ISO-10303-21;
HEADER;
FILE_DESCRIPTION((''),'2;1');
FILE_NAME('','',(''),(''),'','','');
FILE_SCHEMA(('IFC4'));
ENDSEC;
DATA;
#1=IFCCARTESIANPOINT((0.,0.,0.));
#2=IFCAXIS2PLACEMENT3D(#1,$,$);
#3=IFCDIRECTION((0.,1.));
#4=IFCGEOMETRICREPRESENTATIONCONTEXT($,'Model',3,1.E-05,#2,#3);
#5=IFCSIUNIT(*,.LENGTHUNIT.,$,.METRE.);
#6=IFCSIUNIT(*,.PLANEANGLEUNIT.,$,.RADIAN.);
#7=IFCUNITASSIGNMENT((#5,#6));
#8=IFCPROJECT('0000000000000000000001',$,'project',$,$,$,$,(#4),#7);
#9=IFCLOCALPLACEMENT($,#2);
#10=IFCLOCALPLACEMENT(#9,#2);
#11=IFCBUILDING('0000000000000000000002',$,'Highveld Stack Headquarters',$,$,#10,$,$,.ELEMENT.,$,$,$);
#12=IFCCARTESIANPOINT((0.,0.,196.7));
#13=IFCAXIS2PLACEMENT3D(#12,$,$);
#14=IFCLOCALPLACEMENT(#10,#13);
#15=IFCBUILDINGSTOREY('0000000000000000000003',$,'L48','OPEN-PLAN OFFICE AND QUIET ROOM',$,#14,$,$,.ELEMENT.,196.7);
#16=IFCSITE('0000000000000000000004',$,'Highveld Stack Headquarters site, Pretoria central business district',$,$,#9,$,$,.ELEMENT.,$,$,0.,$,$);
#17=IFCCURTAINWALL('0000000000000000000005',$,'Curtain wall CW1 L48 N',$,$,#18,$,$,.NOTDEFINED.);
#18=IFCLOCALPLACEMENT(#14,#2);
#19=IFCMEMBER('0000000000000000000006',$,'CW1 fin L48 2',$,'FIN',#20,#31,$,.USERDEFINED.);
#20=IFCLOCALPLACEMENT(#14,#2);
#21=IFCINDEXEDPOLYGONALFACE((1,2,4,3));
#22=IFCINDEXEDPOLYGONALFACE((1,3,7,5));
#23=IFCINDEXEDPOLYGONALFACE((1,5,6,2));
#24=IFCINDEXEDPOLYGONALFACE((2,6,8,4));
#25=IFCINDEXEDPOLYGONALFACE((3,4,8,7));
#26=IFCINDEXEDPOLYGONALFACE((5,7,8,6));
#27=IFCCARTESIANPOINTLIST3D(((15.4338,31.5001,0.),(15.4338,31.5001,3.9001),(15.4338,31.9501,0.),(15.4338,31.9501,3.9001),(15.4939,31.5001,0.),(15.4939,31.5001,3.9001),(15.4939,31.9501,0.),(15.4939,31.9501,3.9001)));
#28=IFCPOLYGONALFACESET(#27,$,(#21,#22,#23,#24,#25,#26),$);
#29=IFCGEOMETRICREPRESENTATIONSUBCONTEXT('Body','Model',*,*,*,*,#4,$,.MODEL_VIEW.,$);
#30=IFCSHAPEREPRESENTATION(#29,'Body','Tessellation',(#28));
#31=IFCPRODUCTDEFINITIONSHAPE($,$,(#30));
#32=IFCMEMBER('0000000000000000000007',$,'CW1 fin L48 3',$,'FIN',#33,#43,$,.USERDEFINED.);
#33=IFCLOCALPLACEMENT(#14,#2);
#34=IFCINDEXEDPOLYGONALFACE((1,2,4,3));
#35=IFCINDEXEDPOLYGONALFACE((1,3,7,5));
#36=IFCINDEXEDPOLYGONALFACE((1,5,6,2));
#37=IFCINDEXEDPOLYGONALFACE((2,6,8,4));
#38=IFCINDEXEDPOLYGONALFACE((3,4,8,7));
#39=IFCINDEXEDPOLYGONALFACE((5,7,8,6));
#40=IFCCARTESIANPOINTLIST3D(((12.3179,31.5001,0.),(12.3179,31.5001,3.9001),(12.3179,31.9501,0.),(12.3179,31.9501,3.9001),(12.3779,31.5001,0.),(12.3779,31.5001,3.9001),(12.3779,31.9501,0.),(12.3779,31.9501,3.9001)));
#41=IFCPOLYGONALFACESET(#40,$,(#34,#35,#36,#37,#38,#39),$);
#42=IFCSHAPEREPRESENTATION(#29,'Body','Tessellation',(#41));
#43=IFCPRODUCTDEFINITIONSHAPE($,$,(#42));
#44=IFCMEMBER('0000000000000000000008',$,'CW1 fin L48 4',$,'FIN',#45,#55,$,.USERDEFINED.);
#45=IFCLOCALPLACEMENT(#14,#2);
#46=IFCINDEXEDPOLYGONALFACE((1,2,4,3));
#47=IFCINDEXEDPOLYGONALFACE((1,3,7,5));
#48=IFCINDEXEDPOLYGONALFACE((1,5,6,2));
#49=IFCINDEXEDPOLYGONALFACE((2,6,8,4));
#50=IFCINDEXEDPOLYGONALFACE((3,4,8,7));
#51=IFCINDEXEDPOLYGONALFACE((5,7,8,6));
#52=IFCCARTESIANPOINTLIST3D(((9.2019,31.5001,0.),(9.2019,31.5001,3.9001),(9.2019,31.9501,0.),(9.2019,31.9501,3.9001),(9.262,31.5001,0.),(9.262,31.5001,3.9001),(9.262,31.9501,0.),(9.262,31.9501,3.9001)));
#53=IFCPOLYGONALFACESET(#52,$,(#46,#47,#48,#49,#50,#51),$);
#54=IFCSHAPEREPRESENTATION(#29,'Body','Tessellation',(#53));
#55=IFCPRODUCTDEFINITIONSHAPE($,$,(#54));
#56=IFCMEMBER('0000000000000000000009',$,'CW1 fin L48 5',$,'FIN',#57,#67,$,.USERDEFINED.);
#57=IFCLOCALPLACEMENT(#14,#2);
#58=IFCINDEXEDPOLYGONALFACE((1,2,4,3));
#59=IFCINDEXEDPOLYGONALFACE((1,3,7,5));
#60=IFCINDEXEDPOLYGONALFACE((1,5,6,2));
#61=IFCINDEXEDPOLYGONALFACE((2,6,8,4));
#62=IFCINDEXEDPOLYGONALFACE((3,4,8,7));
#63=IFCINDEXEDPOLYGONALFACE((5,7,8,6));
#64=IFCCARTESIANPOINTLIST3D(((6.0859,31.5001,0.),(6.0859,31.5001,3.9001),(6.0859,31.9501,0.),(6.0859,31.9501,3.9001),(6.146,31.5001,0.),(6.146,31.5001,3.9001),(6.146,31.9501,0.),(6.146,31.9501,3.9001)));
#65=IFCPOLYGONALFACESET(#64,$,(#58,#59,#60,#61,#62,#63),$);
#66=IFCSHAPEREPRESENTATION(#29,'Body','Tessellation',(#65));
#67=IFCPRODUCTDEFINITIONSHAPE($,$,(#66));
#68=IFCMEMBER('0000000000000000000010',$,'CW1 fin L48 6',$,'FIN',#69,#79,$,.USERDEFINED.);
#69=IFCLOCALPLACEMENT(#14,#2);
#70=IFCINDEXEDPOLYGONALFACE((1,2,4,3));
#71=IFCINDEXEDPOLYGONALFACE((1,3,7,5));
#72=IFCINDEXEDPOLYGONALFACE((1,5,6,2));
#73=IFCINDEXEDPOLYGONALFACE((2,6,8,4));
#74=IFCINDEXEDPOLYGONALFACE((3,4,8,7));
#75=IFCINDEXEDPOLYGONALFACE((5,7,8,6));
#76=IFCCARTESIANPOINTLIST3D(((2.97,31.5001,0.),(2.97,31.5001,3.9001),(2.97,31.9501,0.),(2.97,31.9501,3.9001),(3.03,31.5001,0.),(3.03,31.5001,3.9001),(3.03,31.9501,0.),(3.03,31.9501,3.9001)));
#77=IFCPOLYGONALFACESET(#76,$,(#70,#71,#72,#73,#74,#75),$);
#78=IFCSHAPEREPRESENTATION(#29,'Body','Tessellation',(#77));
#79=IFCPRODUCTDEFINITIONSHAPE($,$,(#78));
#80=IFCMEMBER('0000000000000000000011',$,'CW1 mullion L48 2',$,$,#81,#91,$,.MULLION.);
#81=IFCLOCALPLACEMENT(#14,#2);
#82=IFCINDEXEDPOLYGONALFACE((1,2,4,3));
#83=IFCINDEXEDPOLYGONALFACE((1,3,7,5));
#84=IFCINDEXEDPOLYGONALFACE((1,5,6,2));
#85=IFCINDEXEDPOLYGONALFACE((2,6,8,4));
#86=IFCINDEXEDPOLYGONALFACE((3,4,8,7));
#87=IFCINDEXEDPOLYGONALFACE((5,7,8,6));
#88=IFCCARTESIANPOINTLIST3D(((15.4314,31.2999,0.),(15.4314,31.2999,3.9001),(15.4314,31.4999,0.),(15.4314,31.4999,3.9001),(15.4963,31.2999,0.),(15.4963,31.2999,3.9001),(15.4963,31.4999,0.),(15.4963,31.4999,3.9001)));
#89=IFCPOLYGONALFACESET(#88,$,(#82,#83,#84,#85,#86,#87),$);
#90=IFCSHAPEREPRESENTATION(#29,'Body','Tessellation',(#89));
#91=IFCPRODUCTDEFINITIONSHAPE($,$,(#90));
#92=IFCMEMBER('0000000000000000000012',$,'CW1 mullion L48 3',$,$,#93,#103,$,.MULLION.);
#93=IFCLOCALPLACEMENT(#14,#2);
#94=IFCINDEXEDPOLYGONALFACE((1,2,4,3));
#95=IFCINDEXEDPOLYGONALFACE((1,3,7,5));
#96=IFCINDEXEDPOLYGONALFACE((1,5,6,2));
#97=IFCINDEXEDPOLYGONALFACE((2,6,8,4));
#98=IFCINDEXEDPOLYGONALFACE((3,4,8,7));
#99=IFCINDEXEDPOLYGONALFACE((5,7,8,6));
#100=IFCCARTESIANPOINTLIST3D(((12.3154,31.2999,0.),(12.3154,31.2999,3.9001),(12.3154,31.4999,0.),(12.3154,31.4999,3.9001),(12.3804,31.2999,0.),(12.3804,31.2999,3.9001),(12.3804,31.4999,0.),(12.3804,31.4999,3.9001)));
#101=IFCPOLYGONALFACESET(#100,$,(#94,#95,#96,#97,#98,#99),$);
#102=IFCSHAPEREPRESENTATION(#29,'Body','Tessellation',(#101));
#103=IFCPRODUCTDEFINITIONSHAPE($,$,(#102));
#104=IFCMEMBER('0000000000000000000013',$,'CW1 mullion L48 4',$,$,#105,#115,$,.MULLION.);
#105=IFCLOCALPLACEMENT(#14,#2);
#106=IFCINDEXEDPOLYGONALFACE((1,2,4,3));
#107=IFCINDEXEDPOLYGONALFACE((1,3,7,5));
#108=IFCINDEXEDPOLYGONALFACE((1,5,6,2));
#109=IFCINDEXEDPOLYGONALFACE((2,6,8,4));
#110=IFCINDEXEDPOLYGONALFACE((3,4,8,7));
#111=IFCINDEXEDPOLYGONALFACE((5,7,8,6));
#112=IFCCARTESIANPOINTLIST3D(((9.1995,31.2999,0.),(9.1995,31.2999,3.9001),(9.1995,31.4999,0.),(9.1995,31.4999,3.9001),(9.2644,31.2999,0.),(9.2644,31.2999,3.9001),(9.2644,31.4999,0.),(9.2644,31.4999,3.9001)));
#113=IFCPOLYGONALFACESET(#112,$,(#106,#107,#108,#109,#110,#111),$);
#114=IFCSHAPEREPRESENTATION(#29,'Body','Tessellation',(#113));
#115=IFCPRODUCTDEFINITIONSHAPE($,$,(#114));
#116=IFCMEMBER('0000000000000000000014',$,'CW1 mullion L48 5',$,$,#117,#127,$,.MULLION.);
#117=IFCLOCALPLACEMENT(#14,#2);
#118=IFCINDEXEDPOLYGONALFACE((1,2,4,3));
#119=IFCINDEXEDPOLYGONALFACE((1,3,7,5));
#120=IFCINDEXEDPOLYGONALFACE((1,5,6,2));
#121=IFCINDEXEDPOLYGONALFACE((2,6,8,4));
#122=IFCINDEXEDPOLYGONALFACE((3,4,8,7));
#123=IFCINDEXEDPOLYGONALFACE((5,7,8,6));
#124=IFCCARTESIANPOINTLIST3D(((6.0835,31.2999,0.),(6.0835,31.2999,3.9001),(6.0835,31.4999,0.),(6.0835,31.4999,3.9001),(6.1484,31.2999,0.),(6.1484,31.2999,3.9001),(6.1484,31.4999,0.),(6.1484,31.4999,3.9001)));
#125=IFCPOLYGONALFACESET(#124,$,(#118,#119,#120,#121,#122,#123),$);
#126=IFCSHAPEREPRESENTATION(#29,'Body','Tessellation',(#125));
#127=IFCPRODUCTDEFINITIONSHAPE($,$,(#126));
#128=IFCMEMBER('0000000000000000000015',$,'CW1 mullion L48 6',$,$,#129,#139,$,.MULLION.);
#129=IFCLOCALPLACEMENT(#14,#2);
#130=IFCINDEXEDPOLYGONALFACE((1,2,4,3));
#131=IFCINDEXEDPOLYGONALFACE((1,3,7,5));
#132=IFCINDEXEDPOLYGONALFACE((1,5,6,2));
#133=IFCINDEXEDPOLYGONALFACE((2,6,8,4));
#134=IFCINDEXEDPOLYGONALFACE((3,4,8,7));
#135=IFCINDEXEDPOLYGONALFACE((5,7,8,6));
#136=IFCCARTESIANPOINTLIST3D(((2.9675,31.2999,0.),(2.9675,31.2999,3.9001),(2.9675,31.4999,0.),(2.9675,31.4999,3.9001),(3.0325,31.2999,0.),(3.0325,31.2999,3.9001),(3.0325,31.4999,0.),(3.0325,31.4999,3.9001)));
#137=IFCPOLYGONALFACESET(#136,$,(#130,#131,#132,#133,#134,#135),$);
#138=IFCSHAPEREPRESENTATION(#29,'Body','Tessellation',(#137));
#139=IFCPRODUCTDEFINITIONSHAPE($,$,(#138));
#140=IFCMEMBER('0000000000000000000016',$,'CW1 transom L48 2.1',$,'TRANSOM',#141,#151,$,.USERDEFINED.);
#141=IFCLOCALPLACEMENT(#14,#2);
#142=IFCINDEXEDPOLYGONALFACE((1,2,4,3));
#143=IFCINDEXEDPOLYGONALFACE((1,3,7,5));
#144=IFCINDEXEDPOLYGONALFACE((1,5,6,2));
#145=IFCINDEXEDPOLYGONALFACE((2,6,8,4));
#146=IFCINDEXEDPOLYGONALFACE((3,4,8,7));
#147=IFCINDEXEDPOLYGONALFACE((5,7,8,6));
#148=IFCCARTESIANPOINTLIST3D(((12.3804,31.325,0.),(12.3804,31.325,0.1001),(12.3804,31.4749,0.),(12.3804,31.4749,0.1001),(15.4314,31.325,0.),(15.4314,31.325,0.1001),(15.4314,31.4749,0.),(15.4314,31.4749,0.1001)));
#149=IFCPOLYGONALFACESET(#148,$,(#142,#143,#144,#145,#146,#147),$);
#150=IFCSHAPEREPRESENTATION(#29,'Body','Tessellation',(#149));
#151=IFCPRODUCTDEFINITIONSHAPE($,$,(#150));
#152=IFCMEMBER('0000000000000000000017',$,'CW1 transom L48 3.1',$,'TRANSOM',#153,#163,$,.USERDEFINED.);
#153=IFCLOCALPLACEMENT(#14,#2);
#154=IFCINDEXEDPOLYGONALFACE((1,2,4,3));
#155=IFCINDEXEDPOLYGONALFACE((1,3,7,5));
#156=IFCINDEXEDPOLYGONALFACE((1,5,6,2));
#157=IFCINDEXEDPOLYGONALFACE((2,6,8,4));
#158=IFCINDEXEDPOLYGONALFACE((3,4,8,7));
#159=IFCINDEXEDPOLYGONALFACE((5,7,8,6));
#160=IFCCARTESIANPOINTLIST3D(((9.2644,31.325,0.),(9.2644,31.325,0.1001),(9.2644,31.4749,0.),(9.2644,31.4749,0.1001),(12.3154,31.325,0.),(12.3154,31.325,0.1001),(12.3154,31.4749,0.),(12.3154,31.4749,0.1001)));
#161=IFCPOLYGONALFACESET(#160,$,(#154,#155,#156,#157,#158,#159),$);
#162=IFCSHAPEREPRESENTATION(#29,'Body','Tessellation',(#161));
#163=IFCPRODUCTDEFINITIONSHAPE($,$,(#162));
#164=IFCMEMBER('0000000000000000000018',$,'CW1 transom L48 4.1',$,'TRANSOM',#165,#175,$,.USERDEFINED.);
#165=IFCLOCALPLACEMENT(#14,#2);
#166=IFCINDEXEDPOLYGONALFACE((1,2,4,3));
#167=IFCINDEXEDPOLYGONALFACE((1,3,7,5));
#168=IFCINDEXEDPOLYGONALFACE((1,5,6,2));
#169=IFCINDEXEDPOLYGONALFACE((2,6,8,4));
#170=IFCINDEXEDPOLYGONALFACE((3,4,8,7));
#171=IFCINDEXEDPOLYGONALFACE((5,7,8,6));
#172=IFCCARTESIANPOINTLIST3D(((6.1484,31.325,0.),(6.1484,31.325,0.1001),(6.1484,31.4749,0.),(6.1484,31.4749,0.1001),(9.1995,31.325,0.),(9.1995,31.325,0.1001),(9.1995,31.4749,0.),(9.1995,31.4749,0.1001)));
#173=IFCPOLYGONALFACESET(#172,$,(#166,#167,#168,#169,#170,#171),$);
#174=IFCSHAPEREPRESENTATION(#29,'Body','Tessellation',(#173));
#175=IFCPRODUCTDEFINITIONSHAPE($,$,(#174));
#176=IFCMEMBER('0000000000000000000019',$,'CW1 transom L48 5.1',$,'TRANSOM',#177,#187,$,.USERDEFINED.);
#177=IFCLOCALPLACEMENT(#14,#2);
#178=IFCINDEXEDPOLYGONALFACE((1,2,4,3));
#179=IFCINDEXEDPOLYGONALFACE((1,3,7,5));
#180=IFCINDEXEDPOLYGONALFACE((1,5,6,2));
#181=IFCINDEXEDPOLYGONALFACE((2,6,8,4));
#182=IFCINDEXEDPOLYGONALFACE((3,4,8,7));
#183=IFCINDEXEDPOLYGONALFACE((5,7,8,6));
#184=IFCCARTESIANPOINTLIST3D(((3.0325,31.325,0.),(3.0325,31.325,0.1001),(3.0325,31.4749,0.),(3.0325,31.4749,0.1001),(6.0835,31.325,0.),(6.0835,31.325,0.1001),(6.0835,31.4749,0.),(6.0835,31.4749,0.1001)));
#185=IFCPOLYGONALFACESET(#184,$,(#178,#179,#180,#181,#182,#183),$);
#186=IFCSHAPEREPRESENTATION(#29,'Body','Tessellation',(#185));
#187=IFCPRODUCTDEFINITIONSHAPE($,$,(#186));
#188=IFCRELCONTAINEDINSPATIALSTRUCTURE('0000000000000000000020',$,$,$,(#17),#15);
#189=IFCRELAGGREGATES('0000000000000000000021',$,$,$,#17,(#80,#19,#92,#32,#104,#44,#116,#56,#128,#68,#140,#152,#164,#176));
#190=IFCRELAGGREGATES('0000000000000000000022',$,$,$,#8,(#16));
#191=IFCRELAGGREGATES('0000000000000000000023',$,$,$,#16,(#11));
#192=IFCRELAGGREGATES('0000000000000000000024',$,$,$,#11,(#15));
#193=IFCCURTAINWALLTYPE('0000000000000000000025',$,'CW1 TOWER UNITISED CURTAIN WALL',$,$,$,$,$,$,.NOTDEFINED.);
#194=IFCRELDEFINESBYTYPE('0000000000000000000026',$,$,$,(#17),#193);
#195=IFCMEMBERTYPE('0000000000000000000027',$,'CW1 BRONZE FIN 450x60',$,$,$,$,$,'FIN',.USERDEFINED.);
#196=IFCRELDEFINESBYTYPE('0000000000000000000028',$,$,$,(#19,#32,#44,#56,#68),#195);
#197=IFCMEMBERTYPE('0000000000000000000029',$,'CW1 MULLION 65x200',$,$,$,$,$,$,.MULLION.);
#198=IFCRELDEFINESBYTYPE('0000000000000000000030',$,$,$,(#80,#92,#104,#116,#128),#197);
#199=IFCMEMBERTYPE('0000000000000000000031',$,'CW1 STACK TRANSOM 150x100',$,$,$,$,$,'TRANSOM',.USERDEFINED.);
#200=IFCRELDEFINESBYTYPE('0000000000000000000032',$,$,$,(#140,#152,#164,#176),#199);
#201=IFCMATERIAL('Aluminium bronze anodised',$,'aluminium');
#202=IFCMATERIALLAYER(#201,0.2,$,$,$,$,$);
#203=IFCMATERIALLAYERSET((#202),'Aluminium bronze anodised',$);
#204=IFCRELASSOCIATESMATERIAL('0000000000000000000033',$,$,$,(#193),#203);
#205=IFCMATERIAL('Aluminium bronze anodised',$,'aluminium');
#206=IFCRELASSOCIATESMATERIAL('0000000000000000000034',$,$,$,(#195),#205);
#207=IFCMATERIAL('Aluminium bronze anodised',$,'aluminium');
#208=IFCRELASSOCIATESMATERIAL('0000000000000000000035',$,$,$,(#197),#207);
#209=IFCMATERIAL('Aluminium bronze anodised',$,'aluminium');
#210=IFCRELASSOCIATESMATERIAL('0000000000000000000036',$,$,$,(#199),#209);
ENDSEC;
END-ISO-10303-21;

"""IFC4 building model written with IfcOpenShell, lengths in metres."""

from ifc_helpers import new_model, si_unit, direction, frame, origin, origin_2d, place, context, subcontext, project, spatial, rectangle, extrude, material, layer, layer_set, material_profile, profile_set, type_object, element, aggregate, save


model = new_model("IFC4")

# Units and contexts
model_context = context("Model", 3, precision=1e-05, world=origin(), true_north=direction((0.0, 1.0)))
body_context = subcontext(model_context, "Body", "Model", "MODEL_VIEW")
ifc_project = project(units=[si_unit("LENGTHUNIT", "METRE"), si_unit("PLANEANGLEUNIT", "RADIAN")], contexts=[model_context])

# Site, building, storey
site_placement = place(None, origin())
site = spatial("IfcSite", under=ifc_project, at=site_placement, Name="Highveld Stack Headquarters site, Pretoria central business district", CompositionType="ELEMENT", RefElevation=0.0)
building_placement = place(site_placement, origin())
building = spatial("IfcBuilding", under=site, at=building_placement, Name="Highveld Stack Headquarters", CompositionType="ELEMENT")
storey_placement = place(building_placement, frame((0.0, 0.0, 196.7)))
storey = spatial("IfcBuildingStorey", under=building, at=storey_placement, Name="L48", Description="OPEN-PLAN OFFICE AND QUIET ROOM", CompositionType="ELEMENT", Elevation=196.7)

# Curtain wall, members
ifc_material_1 = material(Name="Aluminium bronze anodised", Category="aluminium")
ifc_layer_1 = layer(ifc_material_1, 0.2)
ifc_layer_set_1 = layer_set([ifc_layer_1], Name="Aluminium bronze anodised")
curtain_wall_type = type_object("IfcCurtainWallType", Name="CW1 TOWER UNITISED CURTAIN WALL", PredefinedType="NOTDEFINED", material=ifc_layer_set_1)
curtain_wall_placement = place(storey_placement, origin())
curtain_wall = element("IfcCurtainWall", 1, at=curtain_wall_placement, inside=storey, type_object=curtain_wall_type, Name="Curtain wall CW1 L48 N", PredefinedType="NOTDEFINED")
ifc_material_2 = material(Name="Aluminium bronze anodised", Category="aluminium")
ifc_material_profile_1 = material_profile(ifc_material_2, rectangle(XDim=0.45, YDim=0.0601, at=origin_2d()), Name="FIN 450x60")
ifc_profile_set_1 = profile_set([ifc_material_profile_1], Name="Aluminium bronze anodised")
member_type_1 = type_object("IfcMemberType", Name="CW1 BRONZE FIN 450x60", ElementType="FIN", PredefinedType="USERDEFINED", material=ifc_profile_set_1)
member_1_placement = place(storey_placement, frame((15.4639, 31.7251, 0.0), z_axis=(0.0, 0.0, 1.0), x_axis=(0.0, -1.0, 0.0)))
member_1 = element("IfcMember", 2, at=member_1_placement, type_object=member_type_1, Name="CW1 fin L48 2", ObjectType="FIN", PredefinedType="USERDEFINED", context=body_context, shape_type="SweptSolid", body=[
    extrude(rectangle(XDim=0.45, YDim=0.0601, at=origin_2d()), origin(), (0.0, 0.0, 1.0), 3.9001),
])
member_2_placement = place(storey_placement, frame((12.3479, 31.7251, 0.0), z_axis=(0.0, 0.0, 1.0), x_axis=(0.0, -1.0, 0.0)))
member_2 = element("IfcMember", 3, at=member_2_placement, type_object=member_type_1, Name="CW1 fin L48 3", ObjectType="FIN", PredefinedType="USERDEFINED", context=body_context, shape_type="SweptSolid", body=[
    extrude(rectangle(XDim=0.45, YDim=0.0601, at=origin_2d()), origin(), (0.0, 0.0, 1.0), 3.9001),
])
member_3_placement = place(storey_placement, frame((9.2319, 31.7251, 0.0), z_axis=(0.0, 0.0, 1.0), x_axis=(0.0, -1.0, 0.0)))
member_3 = element("IfcMember", 4, at=member_3_placement, type_object=member_type_1, Name="CW1 fin L48 4", ObjectType="FIN", PredefinedType="USERDEFINED", context=body_context, shape_type="SweptSolid", body=[
    extrude(rectangle(XDim=0.45, YDim=0.0601, at=origin_2d()), origin(), (0.0, 0.0, 1.0), 3.9001),
])
member_4_placement = place(storey_placement, frame((6.116, 31.7251, 0.0), z_axis=(0.0, 0.0, 1.0), x_axis=(0.0, -1.0, 0.0)))
member_4 = element("IfcMember", 5, at=member_4_placement, type_object=member_type_1, Name="CW1 fin L48 5", ObjectType="FIN", PredefinedType="USERDEFINED", context=body_context, shape_type="SweptSolid", body=[
    extrude(rectangle(XDim=0.45, YDim=0.0601, at=origin_2d()), origin(), (0.0, 0.0, 1.0), 3.9001),
])
member_5_placement = place(storey_placement, frame((3.0, 31.7251, 0.0), z_axis=(0.0, 0.0, 1.0), x_axis=(0.0, -1.0, 0.0)))
member_5 = element("IfcMember", 6, at=member_5_placement, type_object=member_type_1, Name="CW1 fin L48 6", ObjectType="FIN", PredefinedType="USERDEFINED", context=body_context, shape_type="SweptSolid", body=[
    extrude(rectangle(XDim=0.45, YDim=0.0601, at=origin_2d()), origin(), (0.0, 0.0, 1.0), 3.9001),
])
ifc_material_3 = material(Name="Aluminium bronze anodised", Category="aluminium")
ifc_material_profile_2 = material_profile(ifc_material_3, rectangle(XDim=0.2, YDim=0.0649, at=origin_2d()), Name="CW1 MULLION 65x200")
ifc_profile_set_2 = profile_set([ifc_material_profile_2], Name="Aluminium bronze anodised")
member_type_2 = type_object("IfcMemberType", Name="CW1 MULLION 65x200", PredefinedType="MULLION", material=ifc_profile_set_2)
member_6_placement = place(storey_placement, frame((15.4639, 31.3999, 0.0), z_axis=(0.0, 0.0, 1.0), x_axis=(0.0, -1.0, 0.0)))
member_6 = element("IfcMember", 7, at=member_6_placement, type_object=member_type_2, Name="CW1 mullion L48 2", PredefinedType="MULLION", context=body_context, shape_type="SweptSolid", body=[
    extrude(rectangle(XDim=0.2, YDim=0.0649, at=origin_2d()), origin(), (0.0, 0.0, 1.0), 3.9001),
])
member_7_placement = place(storey_placement, frame((12.3479, 31.3999, 0.0), z_axis=(0.0, 0.0, 1.0), x_axis=(0.0, -1.0, 0.0)))
member_7 = element("IfcMember", 8, at=member_7_placement, type_object=member_type_2, Name="CW1 mullion L48 3", PredefinedType="MULLION", context=body_context, shape_type="SweptSolid", body=[
    extrude(rectangle(XDim=0.2, YDim=0.0649, at=origin_2d()), origin(), (0.0, 0.0, 1.0), 3.9001),
])
member_8_placement = place(storey_placement, frame((9.2319, 31.3999, 0.0), z_axis=(0.0, 0.0, 1.0), x_axis=(0.0, -1.0, 0.0)))
member_8 = element("IfcMember", 9, at=member_8_placement, type_object=member_type_2, Name="CW1 mullion L48 4", PredefinedType="MULLION", context=body_context, shape_type="SweptSolid", body=[
    extrude(rectangle(XDim=0.2, YDim=0.0649, at=origin_2d()), origin(), (0.0, 0.0, 1.0), 3.9001),
])
member_9_placement = place(storey_placement, frame((6.116, 31.3999, 0.0), z_axis=(0.0, 0.0, 1.0), x_axis=(0.0, -1.0, 0.0)))
member_9 = element("IfcMember", 10, at=member_9_placement, type_object=member_type_2, Name="CW1 mullion L48 5", PredefinedType="MULLION", context=body_context, shape_type="SweptSolid", body=[
    extrude(rectangle(XDim=0.2, YDim=0.0649, at=origin_2d()), origin(), (0.0, 0.0, 1.0), 3.9001),
])
member_10_placement = place(storey_placement, frame((3.0, 31.3999, 0.0), z_axis=(0.0, 0.0, 1.0), x_axis=(0.0, -1.0, 0.0)))
member_10 = element("IfcMember", 11, at=member_10_placement, type_object=member_type_2, Name="CW1 mullion L48 6", PredefinedType="MULLION", context=body_context, shape_type="SweptSolid", body=[
    extrude(rectangle(XDim=0.2, YDim=0.0649, at=origin_2d()), origin(), (0.0, 0.0, 1.0), 3.9001),
])
ifc_material_4 = material(Name="Aluminium bronze anodised", Category="aluminium")
ifc_material_profile_3 = material_profile(ifc_material_4, rectangle(XDim=0.1499, YDim=0.1001, at=origin_2d()), Name="CW1 TRANSOM 150x100")
ifc_profile_set_3 = profile_set([ifc_material_profile_3], Name="Aluminium bronze anodised")
member_type_3 = type_object("IfcMemberType", Name="CW1 STACK TRANSOM 150x100", ElementType="TRANSOM", PredefinedType="USERDEFINED", material=ifc_profile_set_3)
member_11_placement = place(storey_placement, frame((15.4314, 31.3999, 0.05), z_axis=(-1.0, 0.0, 0.0), x_axis=(0.0, -1.0, 0.0)))
member_11 = element("IfcMember", 12, at=member_11_placement, type_object=member_type_3, Name="CW1 transom L48 2.1", ObjectType="TRANSOM", PredefinedType="USERDEFINED", context=body_context, shape_type="SweptSolid", body=[
    extrude(rectangle(XDim=0.1499, YDim=0.1001, at=origin_2d()), origin(), (0.0, 0.0, 1.0), 3.051),
])
member_12_placement = place(storey_placement, frame((12.3154, 31.3999, 0.05), z_axis=(-1.0, 0.0, 0.0), x_axis=(0.0, -1.0, 0.0)))
member_12 = element("IfcMember", 13, at=member_12_placement, type_object=member_type_3, Name="CW1 transom L48 3.1", ObjectType="TRANSOM", PredefinedType="USERDEFINED", context=body_context, shape_type="SweptSolid", body=[
    extrude(rectangle(XDim=0.1499, YDim=0.1001, at=origin_2d()), origin(), (0.0, 0.0, 1.0), 3.051),
])
member_13_placement = place(storey_placement, frame((9.1995, 31.3999, 0.05), z_axis=(-1.0, 0.0, 0.0), x_axis=(0.0, -1.0, 0.0)))
member_13 = element("IfcMember", 14, at=member_13_placement, type_object=member_type_3, Name="CW1 transom L48 4.1", ObjectType="TRANSOM", PredefinedType="USERDEFINED", context=body_context, shape_type="SweptSolid", body=[
    extrude(rectangle(XDim=0.1499, YDim=0.1001, at=origin_2d()), origin(), (0.0, 0.0, 1.0), 3.051),
])
member_14_placement = place(storey_placement, frame((6.0835, 31.3999, 0.05), z_axis=(-1.0, 0.0, 0.0), x_axis=(0.0, -1.0, 0.0)))
member_14 = element("IfcMember", 15, at=member_14_placement, type_object=member_type_3, Name="CW1 transom L48 5.1", ObjectType="TRANSOM", PredefinedType="USERDEFINED", context=body_context, shape_type="SweptSolid", body=[
    extrude(rectangle(XDim=0.1499, YDim=0.1001, at=origin_2d()), origin(), (0.0, 0.0, 1.0), 3.051),
])
aggregate(curtain_wall, [member_6, member_1, member_7, member_2, member_8, member_3, member_9, member_4, member_10, member_5, member_11, member_12, member_13, member_14])

save(model, "model.ifc")
